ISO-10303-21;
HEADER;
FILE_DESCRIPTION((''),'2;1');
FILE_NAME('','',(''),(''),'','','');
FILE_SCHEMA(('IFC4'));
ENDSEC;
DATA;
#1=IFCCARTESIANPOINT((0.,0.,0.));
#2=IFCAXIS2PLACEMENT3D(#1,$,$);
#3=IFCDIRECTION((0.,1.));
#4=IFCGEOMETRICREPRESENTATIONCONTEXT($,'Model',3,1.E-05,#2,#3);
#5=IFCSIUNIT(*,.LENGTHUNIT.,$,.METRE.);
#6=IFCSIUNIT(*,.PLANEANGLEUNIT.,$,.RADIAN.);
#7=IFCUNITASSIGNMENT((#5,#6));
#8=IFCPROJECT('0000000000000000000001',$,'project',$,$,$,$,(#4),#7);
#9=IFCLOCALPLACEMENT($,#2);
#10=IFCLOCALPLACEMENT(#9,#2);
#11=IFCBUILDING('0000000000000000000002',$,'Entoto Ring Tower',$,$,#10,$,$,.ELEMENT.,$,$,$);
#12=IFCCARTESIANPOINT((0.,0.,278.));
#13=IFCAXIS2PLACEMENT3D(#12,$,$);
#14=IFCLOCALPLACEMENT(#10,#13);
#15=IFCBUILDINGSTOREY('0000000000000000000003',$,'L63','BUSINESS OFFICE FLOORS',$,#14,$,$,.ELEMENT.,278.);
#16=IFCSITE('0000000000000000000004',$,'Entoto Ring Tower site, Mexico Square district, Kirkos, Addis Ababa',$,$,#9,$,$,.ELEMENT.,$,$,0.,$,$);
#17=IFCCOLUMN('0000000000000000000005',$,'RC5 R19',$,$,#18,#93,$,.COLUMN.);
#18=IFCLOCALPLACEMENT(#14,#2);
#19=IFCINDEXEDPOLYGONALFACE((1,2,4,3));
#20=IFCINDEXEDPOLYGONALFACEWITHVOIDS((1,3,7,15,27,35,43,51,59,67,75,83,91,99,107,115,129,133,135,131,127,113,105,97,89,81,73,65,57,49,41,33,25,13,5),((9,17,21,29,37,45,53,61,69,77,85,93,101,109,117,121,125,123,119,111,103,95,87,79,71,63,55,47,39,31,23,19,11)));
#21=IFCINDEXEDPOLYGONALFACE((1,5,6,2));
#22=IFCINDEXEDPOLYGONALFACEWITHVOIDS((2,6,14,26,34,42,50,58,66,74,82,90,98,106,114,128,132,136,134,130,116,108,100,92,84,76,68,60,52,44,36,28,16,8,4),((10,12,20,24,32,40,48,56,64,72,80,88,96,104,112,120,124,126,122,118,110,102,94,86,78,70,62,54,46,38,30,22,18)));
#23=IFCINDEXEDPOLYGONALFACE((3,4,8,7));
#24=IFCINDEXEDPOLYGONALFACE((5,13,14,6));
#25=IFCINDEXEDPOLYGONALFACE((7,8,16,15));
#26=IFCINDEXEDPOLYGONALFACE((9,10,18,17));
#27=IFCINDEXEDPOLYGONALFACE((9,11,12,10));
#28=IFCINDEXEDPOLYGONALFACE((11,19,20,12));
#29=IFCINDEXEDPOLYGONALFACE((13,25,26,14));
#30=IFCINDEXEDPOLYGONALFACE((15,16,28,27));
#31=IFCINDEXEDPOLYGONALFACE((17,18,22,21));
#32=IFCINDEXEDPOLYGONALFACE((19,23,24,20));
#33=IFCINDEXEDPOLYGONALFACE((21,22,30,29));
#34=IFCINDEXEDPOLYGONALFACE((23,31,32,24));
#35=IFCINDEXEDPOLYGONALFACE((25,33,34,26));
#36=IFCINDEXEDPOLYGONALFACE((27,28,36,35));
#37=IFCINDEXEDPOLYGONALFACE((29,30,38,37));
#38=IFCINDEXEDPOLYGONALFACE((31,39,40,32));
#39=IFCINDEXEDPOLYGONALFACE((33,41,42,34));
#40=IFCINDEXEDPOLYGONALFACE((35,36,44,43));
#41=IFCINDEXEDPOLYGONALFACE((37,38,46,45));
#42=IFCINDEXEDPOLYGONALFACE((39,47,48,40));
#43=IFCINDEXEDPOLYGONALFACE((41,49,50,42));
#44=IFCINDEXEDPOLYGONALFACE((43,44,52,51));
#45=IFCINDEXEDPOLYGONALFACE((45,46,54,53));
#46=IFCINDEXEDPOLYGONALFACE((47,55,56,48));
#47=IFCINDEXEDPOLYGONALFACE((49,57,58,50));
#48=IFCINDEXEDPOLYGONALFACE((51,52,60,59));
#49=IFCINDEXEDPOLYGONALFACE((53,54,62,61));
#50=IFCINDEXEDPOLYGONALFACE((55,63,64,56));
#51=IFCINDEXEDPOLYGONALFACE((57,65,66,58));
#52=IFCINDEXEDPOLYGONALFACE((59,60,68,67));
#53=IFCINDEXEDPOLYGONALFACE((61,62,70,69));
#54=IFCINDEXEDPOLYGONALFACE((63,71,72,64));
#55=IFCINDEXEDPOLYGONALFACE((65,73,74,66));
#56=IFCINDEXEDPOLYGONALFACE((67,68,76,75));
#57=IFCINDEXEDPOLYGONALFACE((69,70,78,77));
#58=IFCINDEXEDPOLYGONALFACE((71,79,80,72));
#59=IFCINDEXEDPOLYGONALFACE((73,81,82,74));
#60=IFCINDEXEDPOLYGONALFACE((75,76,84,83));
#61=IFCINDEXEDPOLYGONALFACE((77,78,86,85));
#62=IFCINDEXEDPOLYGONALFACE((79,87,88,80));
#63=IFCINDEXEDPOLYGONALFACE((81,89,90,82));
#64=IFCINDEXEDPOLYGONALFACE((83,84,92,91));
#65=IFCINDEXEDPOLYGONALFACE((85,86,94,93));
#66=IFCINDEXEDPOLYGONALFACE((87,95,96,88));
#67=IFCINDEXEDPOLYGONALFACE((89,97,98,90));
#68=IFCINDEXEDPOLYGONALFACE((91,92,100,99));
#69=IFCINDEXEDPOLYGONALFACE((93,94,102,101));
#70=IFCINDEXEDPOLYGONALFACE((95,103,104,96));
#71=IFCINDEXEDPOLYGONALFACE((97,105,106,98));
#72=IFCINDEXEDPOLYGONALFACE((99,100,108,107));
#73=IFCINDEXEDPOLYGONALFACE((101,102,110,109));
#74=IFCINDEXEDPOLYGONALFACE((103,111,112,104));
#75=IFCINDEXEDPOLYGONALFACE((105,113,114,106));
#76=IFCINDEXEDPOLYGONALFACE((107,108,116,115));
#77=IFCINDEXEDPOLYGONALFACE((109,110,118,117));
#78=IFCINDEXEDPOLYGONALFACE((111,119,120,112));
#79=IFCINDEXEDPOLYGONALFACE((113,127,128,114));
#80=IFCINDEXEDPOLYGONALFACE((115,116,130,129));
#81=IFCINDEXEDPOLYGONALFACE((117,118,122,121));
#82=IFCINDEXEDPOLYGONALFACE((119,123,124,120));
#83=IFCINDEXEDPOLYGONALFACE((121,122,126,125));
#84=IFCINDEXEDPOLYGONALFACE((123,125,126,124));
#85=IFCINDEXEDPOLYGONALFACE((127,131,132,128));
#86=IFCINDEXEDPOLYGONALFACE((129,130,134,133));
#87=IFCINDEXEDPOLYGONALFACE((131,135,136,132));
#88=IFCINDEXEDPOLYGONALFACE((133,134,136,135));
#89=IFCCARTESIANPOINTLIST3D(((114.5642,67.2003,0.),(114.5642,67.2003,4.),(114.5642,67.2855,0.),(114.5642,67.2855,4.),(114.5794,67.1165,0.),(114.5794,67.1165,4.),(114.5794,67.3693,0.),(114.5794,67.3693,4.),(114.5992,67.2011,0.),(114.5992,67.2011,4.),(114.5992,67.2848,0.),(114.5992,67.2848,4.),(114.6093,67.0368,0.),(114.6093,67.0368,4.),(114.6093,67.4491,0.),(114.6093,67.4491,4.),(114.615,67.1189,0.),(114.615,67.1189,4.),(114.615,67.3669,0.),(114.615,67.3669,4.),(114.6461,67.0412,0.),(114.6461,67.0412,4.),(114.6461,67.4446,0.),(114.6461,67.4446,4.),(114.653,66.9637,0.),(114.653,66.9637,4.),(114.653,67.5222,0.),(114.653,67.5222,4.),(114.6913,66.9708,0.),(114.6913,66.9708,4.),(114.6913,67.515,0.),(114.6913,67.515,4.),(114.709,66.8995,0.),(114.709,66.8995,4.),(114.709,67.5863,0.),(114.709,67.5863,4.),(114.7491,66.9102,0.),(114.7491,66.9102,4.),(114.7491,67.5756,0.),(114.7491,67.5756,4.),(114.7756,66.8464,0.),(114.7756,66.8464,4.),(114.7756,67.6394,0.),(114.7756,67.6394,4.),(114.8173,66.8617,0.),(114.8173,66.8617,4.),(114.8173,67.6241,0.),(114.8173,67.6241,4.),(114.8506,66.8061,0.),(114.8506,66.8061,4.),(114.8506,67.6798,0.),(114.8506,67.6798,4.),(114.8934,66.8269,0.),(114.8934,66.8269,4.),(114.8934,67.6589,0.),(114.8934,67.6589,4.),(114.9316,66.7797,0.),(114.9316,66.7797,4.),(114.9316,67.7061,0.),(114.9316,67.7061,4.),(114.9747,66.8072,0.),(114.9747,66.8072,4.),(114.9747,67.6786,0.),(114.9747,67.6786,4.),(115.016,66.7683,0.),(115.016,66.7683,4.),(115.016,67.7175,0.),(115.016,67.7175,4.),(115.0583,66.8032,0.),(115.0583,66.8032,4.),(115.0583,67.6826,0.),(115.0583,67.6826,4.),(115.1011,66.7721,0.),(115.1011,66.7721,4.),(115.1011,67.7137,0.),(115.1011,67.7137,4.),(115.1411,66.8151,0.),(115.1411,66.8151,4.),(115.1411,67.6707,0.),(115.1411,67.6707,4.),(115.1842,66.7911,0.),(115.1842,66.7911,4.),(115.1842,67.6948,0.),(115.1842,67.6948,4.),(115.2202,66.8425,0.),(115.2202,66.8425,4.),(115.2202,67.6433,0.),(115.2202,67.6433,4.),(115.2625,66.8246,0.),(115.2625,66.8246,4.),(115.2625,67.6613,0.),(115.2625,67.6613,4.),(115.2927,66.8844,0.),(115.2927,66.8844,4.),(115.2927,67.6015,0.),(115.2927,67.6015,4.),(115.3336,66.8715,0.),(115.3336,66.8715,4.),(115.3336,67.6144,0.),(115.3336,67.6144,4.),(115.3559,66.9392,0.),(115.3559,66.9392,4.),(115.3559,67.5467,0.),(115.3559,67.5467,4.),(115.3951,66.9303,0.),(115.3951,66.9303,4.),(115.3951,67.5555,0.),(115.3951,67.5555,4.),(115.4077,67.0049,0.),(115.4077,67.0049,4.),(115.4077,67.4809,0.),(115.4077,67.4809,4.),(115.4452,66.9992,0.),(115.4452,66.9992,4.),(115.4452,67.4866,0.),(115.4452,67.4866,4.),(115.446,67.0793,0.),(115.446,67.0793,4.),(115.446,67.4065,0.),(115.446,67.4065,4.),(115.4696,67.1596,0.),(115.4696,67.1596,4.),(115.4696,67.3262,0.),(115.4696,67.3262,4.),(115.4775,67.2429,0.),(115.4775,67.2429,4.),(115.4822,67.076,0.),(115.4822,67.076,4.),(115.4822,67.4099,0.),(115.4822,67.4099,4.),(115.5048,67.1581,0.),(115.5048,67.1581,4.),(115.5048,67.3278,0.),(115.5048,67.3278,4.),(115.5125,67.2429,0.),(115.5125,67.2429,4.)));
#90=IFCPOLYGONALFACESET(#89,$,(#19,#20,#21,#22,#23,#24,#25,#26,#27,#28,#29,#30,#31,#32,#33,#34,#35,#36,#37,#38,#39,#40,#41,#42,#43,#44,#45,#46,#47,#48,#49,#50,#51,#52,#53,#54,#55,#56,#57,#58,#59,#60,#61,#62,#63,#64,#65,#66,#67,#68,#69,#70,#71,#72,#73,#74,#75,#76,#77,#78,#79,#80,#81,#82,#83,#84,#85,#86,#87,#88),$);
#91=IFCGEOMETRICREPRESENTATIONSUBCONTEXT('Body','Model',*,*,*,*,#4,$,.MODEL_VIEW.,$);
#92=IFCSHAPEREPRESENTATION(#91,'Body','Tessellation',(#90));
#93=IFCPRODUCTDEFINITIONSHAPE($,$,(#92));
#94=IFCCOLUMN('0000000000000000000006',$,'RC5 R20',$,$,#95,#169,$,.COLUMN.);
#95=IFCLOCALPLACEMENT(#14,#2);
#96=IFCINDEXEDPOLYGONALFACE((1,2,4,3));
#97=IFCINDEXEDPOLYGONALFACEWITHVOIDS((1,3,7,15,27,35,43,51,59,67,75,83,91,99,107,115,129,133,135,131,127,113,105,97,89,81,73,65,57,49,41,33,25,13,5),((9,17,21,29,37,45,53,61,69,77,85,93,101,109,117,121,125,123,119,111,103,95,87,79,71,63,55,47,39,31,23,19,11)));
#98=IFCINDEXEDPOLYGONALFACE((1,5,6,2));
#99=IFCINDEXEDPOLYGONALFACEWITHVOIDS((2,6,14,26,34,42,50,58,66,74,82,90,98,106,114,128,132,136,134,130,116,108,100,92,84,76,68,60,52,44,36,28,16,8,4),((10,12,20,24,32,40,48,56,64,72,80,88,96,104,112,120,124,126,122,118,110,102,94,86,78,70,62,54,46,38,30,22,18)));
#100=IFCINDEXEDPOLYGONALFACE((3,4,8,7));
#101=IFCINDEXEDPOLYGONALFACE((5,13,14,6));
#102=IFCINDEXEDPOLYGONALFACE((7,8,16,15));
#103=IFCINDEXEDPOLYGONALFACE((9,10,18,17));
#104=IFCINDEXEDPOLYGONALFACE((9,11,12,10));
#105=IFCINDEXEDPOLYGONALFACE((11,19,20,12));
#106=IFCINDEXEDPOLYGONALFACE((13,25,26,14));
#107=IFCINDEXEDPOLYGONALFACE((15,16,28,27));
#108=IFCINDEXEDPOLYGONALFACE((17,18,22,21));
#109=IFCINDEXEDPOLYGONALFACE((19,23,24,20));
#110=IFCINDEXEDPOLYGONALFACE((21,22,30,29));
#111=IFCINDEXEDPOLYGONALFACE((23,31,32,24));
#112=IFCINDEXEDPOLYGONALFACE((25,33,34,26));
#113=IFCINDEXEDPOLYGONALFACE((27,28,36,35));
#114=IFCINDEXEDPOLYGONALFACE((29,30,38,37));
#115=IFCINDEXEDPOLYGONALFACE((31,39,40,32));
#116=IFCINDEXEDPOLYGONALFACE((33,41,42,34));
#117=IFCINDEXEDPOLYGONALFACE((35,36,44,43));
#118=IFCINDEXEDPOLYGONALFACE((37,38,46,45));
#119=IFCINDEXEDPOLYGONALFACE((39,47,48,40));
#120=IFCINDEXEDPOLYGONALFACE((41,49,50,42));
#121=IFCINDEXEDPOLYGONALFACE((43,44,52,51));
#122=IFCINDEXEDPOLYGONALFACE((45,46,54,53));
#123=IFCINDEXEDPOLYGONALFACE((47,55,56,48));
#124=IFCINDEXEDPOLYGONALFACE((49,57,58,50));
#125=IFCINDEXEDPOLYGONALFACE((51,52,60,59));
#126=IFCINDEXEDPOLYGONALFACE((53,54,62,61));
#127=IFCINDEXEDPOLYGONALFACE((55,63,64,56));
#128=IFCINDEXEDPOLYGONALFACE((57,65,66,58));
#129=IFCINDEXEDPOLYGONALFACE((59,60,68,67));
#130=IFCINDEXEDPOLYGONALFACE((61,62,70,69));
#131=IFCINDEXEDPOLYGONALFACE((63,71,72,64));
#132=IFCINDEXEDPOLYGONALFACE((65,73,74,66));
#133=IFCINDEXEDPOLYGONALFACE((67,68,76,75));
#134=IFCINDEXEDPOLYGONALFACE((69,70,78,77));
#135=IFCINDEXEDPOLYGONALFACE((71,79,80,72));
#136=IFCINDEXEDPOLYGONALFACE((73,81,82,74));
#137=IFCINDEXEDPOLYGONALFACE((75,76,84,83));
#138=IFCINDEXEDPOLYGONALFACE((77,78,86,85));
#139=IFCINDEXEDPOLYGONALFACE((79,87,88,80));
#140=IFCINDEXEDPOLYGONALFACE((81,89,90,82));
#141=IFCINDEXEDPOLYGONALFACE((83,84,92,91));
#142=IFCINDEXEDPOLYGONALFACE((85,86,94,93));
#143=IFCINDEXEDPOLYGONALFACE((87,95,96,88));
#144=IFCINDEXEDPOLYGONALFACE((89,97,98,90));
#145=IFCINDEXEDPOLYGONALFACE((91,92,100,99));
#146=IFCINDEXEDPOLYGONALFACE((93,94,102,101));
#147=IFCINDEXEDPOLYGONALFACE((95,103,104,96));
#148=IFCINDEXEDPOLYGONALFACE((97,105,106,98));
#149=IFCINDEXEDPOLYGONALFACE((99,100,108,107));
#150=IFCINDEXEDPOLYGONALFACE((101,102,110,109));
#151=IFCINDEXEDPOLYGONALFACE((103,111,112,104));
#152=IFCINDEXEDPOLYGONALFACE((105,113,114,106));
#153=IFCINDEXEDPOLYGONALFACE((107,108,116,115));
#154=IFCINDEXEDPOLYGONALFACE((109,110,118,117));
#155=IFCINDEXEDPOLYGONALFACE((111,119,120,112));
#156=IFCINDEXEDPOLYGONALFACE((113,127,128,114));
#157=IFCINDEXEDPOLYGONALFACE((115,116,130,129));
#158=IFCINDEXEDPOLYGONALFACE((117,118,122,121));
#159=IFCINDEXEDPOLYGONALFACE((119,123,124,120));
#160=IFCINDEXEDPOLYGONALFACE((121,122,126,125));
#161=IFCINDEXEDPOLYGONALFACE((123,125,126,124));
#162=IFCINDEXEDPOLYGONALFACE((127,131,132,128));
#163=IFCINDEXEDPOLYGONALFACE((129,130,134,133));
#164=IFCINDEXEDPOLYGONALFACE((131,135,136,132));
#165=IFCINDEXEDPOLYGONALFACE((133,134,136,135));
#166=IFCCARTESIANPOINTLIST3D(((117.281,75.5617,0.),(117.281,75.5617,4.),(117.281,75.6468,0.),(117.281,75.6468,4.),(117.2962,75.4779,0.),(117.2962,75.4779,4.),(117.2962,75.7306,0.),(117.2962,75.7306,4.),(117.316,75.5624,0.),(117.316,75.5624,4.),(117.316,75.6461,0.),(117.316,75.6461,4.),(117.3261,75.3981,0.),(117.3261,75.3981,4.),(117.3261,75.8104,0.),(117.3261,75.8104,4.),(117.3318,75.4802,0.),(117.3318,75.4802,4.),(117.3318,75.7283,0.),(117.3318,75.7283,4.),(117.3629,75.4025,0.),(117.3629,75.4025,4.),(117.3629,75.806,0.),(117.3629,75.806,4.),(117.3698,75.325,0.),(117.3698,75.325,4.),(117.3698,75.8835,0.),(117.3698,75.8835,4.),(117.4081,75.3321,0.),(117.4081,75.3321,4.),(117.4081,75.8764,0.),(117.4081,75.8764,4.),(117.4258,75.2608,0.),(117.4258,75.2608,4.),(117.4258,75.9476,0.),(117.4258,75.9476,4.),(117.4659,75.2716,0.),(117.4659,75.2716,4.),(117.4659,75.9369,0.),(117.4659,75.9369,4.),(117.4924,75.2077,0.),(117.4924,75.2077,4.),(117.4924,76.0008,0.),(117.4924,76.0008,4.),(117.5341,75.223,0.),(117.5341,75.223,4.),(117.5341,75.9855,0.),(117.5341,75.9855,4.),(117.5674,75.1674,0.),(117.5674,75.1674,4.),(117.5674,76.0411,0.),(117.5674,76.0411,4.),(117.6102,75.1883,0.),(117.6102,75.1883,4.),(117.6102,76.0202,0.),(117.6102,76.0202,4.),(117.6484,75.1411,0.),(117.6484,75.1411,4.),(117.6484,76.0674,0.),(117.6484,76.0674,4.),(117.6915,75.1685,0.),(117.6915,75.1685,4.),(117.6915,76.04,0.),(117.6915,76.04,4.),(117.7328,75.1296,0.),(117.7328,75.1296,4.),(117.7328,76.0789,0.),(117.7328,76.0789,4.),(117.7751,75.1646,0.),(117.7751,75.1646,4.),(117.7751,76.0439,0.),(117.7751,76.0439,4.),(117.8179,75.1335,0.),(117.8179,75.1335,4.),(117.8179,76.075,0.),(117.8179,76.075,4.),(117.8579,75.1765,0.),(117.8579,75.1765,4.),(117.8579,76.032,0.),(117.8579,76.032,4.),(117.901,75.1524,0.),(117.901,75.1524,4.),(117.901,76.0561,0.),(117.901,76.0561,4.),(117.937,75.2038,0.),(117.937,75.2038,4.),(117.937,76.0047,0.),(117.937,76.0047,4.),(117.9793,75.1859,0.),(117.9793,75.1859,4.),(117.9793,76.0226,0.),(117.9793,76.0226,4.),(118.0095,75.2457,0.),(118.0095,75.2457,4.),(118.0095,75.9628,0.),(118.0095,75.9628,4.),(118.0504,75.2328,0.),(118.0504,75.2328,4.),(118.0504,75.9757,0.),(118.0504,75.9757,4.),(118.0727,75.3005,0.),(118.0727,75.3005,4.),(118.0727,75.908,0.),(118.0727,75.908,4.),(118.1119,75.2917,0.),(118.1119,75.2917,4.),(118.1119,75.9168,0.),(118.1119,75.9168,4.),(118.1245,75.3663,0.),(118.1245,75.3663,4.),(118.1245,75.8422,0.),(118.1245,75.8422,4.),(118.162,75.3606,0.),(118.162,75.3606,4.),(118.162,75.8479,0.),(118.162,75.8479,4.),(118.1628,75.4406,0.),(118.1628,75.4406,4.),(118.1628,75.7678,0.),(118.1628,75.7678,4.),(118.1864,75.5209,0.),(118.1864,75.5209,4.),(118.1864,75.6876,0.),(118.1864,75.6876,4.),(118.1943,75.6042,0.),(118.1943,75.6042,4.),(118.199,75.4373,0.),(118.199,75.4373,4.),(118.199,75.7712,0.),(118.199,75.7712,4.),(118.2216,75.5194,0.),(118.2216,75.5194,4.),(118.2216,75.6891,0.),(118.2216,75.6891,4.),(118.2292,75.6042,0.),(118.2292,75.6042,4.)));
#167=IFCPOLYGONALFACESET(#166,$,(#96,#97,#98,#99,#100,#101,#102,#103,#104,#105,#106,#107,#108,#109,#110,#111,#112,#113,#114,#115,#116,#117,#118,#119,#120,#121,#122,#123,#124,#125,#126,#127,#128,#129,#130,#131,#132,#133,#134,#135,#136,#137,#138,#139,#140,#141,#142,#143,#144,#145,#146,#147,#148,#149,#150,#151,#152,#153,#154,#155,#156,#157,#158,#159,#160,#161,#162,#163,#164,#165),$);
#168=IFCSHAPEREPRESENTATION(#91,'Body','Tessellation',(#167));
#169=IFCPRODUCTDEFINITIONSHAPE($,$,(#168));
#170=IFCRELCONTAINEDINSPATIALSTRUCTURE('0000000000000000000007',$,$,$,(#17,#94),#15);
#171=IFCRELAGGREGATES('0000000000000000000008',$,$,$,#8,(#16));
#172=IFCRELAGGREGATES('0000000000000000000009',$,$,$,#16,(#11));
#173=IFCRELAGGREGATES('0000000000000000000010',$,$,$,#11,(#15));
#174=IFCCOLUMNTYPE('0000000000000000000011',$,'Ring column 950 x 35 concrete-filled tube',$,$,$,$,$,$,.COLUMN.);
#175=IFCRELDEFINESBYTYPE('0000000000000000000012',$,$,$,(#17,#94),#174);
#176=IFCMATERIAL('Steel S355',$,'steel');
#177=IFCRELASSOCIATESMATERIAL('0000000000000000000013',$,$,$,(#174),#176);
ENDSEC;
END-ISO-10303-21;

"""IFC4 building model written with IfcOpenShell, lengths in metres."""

from ifc_helpers import new_model, si_unit, direction, frame, origin, origin_2d, place, context, subcontext, project, spatial, circle, hollow_circle, extrude, material, material_profile, profile_set, type_object, element, save


model = new_model("IFC4")

# Units and contexts
model_context = context("Model", 3, precision=1e-05, world=origin(), true_north=direction((0.0, 1.0)))
body_context = subcontext(model_context, "Body", "Model", "MODEL_VIEW")
ifc_project = project(units=[si_unit("LENGTHUNIT", "METRE"), si_unit("PLANEANGLEUNIT", "RADIAN")], contexts=[model_context])

# Site, building, storey
site_placement = place(None, origin())
site = spatial("IfcSite", under=ifc_project, at=site_placement, Name="Entoto Ring Tower site, Mexico Square district, Kirkos, Addis Ababa", CompositionType="ELEMENT", RefElevation=0.0)
building_placement = place(site_placement, origin())
building = spatial("IfcBuilding", under=site, at=building_placement, Name="Entoto Ring Tower", CompositionType="ELEMENT")
storey_placement = place(building_placement, frame((0.0, 0.0, 278.0)))
storey = spatial("IfcBuildingStorey", under=building, at=storey_placement, Name="L63", Description="BUSINESS OFFICE FLOORS", CompositionType="ELEMENT", Elevation=278.0)

# Columns
ifc_material_1 = material(Name="Steel S355", Category="steel")
ifc_material_profile_1 = material_profile(ifc_material_1, hollow_circle(Radius=0.4751, WallThickness=0.0349, at=origin_2d()), Name="CHS 950 x 35")
ifc_material_2 = material(Name="Concrete C60/75", Category="concrete")
ifc_material_profile_2 = material_profile(ifc_material_2, circle(Radius=0.4399, at=origin_2d()), Name="Concrete C60/75 infill")
ifc_profile_set_1 = profile_set([ifc_material_profile_1, ifc_material_profile_2], Name="Steel S355")
column_type = type_object("IfcColumnType", Name="Ring column 950 x 35 concrete-filled tube", PredefinedType="COLUMN", material=ifc_profile_set_1)
for number, where, z_axis, x_axis, name in (
    (1, (115.0374, 67.2429, 0.0), (0.0, 0.0, 1.0), (1.0, 0.0, 0.0), "RC5 R19"),
    (2, (117.7542, 75.6042, 0.0), (0.0, 0.0, 1.0), (1.0, 0.0, 0.0), "RC5 R20"),
):
    element("IfcColumn", number, at=place(storey_placement, frame(where, z_axis=z_axis, x_axis=x_axis)), inside=storey, type_object=column_type, Name=name, PredefinedType="COLUMN", context=body_context, shape_type="SweptSolid", body=[
        extrude(hollow_circle(Radius=0.4751, WallThickness=0.0349, at=origin_2d()), origin(), (0.0, 0.0, 1.0), 4.0),
    ])

save(model, "model.ifc")
